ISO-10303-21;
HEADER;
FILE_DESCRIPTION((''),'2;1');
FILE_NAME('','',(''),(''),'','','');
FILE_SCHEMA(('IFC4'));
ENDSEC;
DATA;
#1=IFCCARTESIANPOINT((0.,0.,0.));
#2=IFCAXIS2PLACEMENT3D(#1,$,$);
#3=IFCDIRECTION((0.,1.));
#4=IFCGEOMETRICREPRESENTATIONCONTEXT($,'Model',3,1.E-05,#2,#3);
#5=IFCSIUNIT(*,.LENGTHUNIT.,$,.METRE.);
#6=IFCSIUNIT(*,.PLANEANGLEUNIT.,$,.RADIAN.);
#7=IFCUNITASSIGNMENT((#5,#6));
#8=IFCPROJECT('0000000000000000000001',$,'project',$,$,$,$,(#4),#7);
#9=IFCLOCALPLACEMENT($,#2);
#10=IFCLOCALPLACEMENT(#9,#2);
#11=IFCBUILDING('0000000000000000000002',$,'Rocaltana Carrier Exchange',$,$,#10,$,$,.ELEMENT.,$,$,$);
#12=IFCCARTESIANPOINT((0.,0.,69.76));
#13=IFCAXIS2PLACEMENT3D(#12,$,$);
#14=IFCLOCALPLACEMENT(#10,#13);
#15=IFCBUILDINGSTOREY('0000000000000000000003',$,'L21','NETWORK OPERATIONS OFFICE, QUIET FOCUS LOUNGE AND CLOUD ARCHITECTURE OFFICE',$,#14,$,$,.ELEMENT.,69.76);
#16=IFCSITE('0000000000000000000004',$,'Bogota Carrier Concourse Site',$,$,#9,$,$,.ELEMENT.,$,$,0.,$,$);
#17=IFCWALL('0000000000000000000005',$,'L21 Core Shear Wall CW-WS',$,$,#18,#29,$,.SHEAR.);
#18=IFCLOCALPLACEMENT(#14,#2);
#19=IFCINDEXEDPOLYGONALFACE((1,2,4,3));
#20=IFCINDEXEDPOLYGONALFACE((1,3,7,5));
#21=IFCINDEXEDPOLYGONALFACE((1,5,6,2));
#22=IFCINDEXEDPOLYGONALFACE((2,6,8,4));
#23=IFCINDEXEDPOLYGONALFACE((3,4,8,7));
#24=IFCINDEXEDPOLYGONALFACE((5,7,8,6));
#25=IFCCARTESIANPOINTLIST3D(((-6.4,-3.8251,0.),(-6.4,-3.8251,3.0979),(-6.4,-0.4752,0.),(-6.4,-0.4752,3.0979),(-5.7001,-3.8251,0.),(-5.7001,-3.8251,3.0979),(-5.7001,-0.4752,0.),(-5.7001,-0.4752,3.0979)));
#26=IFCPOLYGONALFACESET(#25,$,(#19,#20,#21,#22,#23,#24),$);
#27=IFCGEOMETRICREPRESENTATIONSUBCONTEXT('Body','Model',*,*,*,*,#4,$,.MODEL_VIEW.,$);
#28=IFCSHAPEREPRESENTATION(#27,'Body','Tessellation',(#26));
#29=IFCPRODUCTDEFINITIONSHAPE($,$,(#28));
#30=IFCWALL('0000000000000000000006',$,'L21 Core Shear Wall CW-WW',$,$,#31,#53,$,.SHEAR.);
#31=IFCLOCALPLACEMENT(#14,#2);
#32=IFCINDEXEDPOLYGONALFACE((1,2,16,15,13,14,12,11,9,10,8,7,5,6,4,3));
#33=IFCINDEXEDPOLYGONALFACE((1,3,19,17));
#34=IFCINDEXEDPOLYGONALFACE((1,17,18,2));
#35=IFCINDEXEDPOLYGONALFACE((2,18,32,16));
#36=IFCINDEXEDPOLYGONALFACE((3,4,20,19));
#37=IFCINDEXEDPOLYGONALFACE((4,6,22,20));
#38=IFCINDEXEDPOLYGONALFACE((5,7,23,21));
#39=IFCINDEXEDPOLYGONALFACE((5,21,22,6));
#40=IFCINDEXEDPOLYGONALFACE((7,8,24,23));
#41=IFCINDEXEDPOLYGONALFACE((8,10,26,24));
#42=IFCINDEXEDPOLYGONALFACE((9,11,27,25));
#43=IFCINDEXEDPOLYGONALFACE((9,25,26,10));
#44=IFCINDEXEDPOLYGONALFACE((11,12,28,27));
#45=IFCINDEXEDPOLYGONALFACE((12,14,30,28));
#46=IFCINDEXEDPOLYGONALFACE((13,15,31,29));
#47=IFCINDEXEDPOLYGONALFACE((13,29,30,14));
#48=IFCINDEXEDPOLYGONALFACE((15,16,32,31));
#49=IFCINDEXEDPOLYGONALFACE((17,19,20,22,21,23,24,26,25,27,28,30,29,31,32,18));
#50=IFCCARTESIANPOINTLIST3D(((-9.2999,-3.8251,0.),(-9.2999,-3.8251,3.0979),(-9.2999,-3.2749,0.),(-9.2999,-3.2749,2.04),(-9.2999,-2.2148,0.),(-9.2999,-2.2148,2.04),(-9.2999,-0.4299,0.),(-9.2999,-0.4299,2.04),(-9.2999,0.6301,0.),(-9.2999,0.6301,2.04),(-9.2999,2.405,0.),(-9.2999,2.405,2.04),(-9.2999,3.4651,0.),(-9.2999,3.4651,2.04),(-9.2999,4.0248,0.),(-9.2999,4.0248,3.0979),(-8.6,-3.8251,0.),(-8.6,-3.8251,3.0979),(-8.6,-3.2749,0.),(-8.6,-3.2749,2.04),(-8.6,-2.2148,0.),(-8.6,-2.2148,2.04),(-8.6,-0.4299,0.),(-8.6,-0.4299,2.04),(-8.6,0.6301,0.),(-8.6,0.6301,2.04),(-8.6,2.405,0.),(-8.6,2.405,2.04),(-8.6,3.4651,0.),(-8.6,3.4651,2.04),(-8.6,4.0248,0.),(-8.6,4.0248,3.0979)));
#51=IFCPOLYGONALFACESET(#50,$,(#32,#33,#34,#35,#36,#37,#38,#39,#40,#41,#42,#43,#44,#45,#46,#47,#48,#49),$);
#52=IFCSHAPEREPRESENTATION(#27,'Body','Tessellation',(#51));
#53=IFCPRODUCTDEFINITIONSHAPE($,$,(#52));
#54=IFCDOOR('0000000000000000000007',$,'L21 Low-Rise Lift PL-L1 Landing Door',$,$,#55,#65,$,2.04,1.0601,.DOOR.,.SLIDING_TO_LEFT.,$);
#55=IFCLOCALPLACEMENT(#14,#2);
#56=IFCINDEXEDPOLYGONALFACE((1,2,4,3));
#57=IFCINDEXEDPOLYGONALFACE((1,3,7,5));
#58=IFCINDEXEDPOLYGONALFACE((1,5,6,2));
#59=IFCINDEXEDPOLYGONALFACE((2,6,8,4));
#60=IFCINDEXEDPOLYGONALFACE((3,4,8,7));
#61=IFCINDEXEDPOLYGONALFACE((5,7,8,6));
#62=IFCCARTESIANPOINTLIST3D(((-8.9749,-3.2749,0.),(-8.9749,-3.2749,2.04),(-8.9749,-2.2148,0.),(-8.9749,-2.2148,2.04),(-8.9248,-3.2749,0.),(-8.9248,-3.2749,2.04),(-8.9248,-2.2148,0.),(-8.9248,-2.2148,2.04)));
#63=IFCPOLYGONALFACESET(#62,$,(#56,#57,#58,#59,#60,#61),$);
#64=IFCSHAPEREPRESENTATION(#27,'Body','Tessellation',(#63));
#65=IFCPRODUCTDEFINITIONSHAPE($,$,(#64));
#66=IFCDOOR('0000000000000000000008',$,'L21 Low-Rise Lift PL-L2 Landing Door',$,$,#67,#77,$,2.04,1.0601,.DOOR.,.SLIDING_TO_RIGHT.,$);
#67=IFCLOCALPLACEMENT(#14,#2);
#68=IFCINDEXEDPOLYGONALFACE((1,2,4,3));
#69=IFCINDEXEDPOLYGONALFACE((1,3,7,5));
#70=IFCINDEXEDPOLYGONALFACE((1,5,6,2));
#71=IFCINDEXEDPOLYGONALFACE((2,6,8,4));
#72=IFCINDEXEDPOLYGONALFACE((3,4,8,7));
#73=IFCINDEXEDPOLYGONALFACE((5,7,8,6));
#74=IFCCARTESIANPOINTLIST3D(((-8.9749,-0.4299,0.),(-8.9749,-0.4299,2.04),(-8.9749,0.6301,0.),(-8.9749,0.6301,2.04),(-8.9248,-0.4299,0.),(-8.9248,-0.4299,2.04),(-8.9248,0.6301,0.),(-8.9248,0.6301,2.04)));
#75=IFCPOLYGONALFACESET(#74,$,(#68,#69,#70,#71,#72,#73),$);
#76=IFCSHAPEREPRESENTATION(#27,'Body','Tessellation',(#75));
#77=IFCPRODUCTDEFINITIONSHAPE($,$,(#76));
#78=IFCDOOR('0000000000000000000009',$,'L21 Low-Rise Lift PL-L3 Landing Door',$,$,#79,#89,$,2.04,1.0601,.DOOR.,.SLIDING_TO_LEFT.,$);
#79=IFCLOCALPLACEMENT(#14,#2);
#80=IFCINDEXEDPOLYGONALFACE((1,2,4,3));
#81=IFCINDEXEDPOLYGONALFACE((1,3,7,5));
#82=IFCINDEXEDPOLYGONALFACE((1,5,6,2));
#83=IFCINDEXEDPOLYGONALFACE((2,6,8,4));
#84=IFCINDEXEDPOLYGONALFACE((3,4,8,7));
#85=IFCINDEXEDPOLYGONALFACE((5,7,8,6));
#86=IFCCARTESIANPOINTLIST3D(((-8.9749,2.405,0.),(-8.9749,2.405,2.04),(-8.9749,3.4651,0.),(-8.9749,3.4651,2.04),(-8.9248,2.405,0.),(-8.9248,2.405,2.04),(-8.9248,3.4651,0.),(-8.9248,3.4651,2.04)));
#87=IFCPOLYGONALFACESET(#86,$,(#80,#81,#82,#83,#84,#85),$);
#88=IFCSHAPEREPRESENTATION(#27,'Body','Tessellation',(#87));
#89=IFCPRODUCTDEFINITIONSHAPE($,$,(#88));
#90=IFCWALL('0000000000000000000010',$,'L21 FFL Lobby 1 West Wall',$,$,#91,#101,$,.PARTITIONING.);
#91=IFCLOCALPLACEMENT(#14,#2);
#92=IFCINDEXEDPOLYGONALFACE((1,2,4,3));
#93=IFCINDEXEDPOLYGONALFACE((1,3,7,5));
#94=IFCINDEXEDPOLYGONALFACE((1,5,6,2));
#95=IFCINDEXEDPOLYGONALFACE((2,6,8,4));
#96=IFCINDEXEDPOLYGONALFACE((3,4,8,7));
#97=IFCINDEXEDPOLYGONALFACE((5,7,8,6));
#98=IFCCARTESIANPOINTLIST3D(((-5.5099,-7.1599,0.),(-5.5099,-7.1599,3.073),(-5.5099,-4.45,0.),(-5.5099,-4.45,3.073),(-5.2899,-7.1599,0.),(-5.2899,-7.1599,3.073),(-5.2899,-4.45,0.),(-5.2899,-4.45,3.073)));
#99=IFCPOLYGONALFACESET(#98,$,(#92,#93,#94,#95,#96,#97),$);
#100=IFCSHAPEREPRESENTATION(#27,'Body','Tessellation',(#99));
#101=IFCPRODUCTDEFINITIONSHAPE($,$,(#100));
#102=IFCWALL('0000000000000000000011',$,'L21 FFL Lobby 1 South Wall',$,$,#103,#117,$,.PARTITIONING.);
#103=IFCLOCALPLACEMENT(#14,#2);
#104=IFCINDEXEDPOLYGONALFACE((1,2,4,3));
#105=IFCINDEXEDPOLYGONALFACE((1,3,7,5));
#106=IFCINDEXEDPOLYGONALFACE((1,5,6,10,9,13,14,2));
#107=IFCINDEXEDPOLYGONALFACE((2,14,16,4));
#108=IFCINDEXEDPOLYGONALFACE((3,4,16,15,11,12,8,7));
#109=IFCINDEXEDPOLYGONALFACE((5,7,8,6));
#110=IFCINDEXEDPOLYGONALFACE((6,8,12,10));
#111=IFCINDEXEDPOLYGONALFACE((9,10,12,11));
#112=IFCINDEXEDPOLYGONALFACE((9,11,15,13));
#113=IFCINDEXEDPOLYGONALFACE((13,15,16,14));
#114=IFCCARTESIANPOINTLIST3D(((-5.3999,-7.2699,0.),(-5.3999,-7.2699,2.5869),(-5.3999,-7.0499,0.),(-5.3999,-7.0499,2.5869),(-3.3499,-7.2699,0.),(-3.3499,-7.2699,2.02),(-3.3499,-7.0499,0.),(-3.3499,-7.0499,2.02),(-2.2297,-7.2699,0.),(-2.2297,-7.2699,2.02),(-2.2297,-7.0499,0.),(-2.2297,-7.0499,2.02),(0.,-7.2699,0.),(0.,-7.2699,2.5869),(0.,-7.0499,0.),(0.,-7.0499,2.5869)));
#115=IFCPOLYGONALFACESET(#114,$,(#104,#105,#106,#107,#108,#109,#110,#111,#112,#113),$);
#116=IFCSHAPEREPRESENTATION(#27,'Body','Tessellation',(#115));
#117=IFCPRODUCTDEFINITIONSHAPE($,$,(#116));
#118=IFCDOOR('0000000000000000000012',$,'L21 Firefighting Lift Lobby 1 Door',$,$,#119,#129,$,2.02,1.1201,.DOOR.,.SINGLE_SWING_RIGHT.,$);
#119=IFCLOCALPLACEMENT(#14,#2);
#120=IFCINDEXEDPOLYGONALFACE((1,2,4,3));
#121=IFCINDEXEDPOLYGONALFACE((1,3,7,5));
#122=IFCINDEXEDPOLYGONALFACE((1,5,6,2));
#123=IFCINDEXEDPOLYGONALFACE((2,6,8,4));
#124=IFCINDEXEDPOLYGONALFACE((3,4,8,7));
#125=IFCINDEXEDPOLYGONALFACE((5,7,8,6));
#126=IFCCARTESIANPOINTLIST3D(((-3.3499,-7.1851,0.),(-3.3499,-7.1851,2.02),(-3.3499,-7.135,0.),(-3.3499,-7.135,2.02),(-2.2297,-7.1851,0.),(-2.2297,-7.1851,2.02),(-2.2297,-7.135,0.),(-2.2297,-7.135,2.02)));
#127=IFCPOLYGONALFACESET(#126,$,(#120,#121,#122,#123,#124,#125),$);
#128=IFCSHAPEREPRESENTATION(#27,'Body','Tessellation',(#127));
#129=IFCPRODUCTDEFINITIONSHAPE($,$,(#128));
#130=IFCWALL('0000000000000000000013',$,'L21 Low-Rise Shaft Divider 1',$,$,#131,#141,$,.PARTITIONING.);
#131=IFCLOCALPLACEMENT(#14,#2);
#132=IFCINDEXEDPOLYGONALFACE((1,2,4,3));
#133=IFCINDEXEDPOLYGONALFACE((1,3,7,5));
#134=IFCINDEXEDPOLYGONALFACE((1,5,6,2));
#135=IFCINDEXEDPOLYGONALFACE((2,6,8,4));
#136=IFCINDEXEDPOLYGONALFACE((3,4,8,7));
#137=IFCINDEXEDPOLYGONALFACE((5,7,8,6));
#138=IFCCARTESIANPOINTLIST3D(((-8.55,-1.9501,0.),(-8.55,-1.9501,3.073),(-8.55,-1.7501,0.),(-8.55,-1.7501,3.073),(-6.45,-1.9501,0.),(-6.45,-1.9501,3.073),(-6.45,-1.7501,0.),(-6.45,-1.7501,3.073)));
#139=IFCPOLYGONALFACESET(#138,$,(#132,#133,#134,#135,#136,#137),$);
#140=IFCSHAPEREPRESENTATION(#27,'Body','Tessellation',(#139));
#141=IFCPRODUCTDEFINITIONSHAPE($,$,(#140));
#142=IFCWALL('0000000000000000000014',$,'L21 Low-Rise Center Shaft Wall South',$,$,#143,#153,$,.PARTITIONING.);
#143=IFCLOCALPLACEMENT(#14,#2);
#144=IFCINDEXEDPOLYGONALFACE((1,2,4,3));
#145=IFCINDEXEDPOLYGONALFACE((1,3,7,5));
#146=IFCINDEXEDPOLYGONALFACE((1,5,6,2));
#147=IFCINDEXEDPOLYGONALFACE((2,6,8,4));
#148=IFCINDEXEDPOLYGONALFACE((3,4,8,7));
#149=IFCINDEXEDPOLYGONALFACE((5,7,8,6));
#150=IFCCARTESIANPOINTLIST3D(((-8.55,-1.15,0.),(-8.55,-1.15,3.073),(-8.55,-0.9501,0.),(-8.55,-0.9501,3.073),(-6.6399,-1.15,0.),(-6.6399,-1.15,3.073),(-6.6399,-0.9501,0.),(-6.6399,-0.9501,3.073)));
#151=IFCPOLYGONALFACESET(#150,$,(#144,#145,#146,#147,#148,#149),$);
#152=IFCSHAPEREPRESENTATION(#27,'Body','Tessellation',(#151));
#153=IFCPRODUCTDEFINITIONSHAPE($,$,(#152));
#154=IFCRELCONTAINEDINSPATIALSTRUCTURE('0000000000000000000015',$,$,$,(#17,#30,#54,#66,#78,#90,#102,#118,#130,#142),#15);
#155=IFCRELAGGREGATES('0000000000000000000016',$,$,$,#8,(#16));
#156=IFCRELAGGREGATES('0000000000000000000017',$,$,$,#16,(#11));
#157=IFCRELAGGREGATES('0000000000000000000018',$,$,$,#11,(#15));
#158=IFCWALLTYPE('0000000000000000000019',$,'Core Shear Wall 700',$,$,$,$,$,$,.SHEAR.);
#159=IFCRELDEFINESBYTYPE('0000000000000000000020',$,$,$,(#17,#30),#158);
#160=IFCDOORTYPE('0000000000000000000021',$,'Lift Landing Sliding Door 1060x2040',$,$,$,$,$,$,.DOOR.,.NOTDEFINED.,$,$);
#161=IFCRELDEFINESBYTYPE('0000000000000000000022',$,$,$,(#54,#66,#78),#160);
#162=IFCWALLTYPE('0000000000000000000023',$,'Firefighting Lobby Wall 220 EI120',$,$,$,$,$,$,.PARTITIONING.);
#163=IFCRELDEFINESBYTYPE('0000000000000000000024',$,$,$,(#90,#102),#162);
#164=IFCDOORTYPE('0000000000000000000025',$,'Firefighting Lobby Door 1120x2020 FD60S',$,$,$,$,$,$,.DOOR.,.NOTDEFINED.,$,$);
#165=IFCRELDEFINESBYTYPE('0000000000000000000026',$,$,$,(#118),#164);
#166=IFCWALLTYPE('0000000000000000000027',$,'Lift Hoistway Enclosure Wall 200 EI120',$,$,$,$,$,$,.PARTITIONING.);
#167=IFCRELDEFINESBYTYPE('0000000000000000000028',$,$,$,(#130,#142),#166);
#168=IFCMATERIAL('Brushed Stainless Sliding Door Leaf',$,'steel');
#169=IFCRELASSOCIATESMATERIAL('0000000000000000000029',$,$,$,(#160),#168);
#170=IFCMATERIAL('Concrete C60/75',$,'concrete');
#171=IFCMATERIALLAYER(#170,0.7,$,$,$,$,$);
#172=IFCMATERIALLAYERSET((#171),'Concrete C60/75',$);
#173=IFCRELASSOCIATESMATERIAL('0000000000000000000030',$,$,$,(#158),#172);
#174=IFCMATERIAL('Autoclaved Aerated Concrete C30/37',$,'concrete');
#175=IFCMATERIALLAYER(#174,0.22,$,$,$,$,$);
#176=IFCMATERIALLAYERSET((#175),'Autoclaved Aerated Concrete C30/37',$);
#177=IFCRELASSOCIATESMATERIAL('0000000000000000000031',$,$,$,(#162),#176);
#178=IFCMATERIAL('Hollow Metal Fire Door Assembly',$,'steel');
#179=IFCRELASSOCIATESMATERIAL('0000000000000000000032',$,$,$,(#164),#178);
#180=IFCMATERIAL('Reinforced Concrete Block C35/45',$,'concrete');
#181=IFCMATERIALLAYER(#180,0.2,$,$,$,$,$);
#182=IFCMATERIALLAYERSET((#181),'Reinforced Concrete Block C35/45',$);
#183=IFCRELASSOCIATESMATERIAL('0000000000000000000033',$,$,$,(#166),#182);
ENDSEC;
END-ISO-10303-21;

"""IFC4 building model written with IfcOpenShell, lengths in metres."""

from ifc_helpers import new_model, si_unit, direction, frame, frame_2d, origin, place, context, subcontext, project, spatial, rectangle, extrude, material, layer, layer_set, type_object, element, fill, save


model = new_model("IFC4")

# Units and contexts
model_context = context("Model", 3, precision=1e-05, world=origin(), true_north=direction((0.0, 1.0)))
body_context = subcontext(model_context, "Body", "Model", "MODEL_VIEW")
ifc_project = project(units=[si_unit("LENGTHUNIT", "METRE"), si_unit("PLANEANGLEUNIT", "RADIAN")], contexts=[model_context])

# Site, building, storey
site_placement = place(None, origin())
site = spatial("IfcSite", under=ifc_project, at=site_placement, Name="Bogota Carrier Concourse Site", CompositionType="ELEMENT", RefElevation=0.0)
building_placement = place(site_placement, origin())
building = spatial("IfcBuilding", under=site, at=building_placement, Name="Rocaltana Carrier Exchange", CompositionType="ELEMENT")
storey_placement = place(building_placement, frame((0.0, 0.0, 69.76)))
storey = spatial("IfcBuildingStorey", under=building, at=storey_placement, Name="L21", Description="NETWORK OPERATIONS OFFICE, QUIET FOCUS LOUNGE AND CLOUD ARCHITECTURE OFFICE", CompositionType="ELEMENT", Elevation=69.76)

# Shared definitions
ifc_material_1 = material(Name="Brushed Stainless Sliding Door Leaf", Category="steel")
door_type_1 = type_object("IfcDoorType", Name="Lift Landing Sliding Door 1060x2040", OperationType="NOTDEFINED", PredefinedType="DOOR", material=ifc_material_1)

# Wall
ifc_material_2 = material(Name="Concrete C60/75", Category="concrete")
ifc_layer_1 = layer(ifc_material_2, 0.7)
ifc_layer_set_1 = layer_set([ifc_layer_1], Name="Concrete C60/75")
wall_type_1 = type_object("IfcWallType", Name="Core Shear Wall 700", PredefinedType="SHEAR", material=ifc_layer_set_1)
wall_1_placement = place(storey_placement, frame((-6.05, -3.825, 0.0), z_axis=(0.0, 0.0, 1.0), x_axis=(0.0, 1.0, 0.0)))
element("IfcWall", 1, at=wall_1_placement, inside=storey, type_object=wall_type_1, Name="L21 Core Shear Wall CW-WS", PredefinedType="SHEAR", context=body_context, shape_type="SweptSolid", body=[
    extrude(rectangle(XDim=3.3499, YDim=0.7, at=frame_2d((1.6748, 0.0))), origin(), (0.0, 0.0, 1.0), 3.0979),
])

# Wall, openings, doors
wall_2_placement = place(storey_placement, frame((-8.95, -3.825, 0.0), z_axis=(0.0, 0.0, 1.0), x_axis=(0.0, 1.0, 0.0)))
wall_2 = element("IfcWall", 2, at=wall_2_placement, inside=storey, type_object=wall_type_1, Name="L21 Core Shear Wall CW-WW", PredefinedType="SHEAR", context=body_context, shape_type="SweptSolid", body=[
    extrude(rectangle(XDim=7.8499, YDim=0.7, at=frame_2d((3.9248, 0.0))), origin(), (0.0, 0.0, 1.0), 3.0979),
])
opening_1_placement = place(wall_2_placement, frame((0.55, 0.0, 0.0)))
opening_1 = element("IfcOpeningElement", 3, at=opening_1_placement, cuts=wall_2, PredefinedType="OPENING", context=body_context, shape_type="SweptSolid", body=[
    extrude(rectangle(XDim=1.0601, YDim=2.04, at=frame_2d((0.53, 1.02))), frame((0.0, 0.3599, 0.0), z_axis=(0.0, -1.0, 0.0), x_axis=(1.0, 0.0, 0.0)), (0.0, 0.0, 1.0), 0.72),
])
opening_2_placement = place(wall_2_placement, frame((3.395, 0.0, 0.0)))
opening_2 = element("IfcOpeningElement", 4, at=opening_2_placement, cuts=wall_2, PredefinedType="OPENING", context=body_context, shape_type="SweptSolid", body=[
    extrude(rectangle(XDim=1.0601, YDim=2.04, at=frame_2d((0.53, 1.02))), frame((0.0, 0.3599, 0.0), z_axis=(0.0, -1.0, 0.0), x_axis=(1.0, 0.0, 0.0)), (0.0, 0.0, 1.0), 0.72),
])
opening_3_placement = place(wall_2_placement, frame((6.23, 0.0, 0.0)))
opening_3 = element("IfcOpeningElement", 5, at=opening_3_placement, cuts=wall_2, PredefinedType="OPENING", context=body_context, shape_type="SweptSolid", body=[
    extrude(rectangle(XDim=1.0601, YDim=2.04, at=frame_2d((0.53, 1.02))), frame((0.0, 0.3599, 0.0), z_axis=(0.0, -1.0, 0.0), x_axis=(1.0, 0.0, 0.0)), (0.0, 0.0, 1.0), 0.72),
])
door_1_placement = place(opening_1_placement, origin())
door_1 = element("IfcDoor", 6, at=door_1_placement, inside=storey, type_object=door_type_1, Name="L21 Low-Rise Lift PL-L1 Landing Door", OperationType="SLIDING_TO_LEFT", OverallHeight=2.04, OverallWidth=1.0601, PredefinedType="DOOR", context=body_context, shape_type="SweptSolid", body=[
    extrude(rectangle(XDim=1.0601, YDim=2.04, at=frame_2d((0.53, 1.02))), frame((0.0, 0.0249, 0.0), z_axis=(0.0, -1.0, 0.0), x_axis=(1.0, 0.0, 0.0)), (0.0, 0.0, 1.0), 0.05),
])
fill(opening_1, door_1)
door_2_placement = place(opening_2_placement, origin())
door_2 = element("IfcDoor", 7, at=door_2_placement, inside=storey, type_object=door_type_1, Name="L21 Low-Rise Lift PL-L2 Landing Door", OperationType="SLIDING_TO_RIGHT", OverallHeight=2.04, OverallWidth=1.0601, PredefinedType="DOOR", context=body_context, shape_type="SweptSolid", body=[
    extrude(rectangle(XDim=1.0601, YDim=2.04, at=frame_2d((0.53, 1.02))), frame((0.0, 0.0249, 0.0), z_axis=(0.0, -1.0, 0.0), x_axis=(1.0, 0.0, 0.0)), (0.0, 0.0, 1.0), 0.05),
])
fill(opening_2, door_2)
door_3_placement = place(opening_3_placement, origin())
door_3 = element("IfcDoor", 8, at=door_3_placement, inside=storey, type_object=door_type_1, Name="L21 Low-Rise Lift PL-L3 Landing Door", OperationType="SLIDING_TO_LEFT", OverallHeight=2.04, OverallWidth=1.0601, PredefinedType="DOOR", context=body_context, shape_type="SweptSolid", body=[
    extrude(rectangle(XDim=1.0601, YDim=2.04, at=frame_2d((0.53, 1.02))), frame((0.0, 0.0249, 0.0), z_axis=(0.0, -1.0, 0.0), x_axis=(1.0, 0.0, 0.0)), (0.0, 0.0, 1.0), 0.05),
])
fill(opening_3, door_3)

# Wall
ifc_material_3 = material(Name="Autoclaved Aerated Concrete C30/37", Category="concrete")
ifc_layer_2 = layer(ifc_material_3, 0.22)
ifc_layer_set_2 = layer_set([ifc_layer_2], Name="Autoclaved Aerated Concrete C30/37")
wall_type_2 = type_object("IfcWallType", Name="Firefighting Lobby Wall 220 EI120", PredefinedType="PARTITIONING", material=ifc_layer_set_2)
wall_3_placement = place(storey_placement, frame((-5.3999, -7.1599, 0.0), z_axis=(0.0, 0.0, 1.0), x_axis=(0.0, 1.0, 0.0)))
element("IfcWall", 9, at=wall_3_placement, inside=storey, type_object=wall_type_2, Name="L21 FFL Lobby 1 West Wall", PredefinedType="PARTITIONING", context=body_context, shape_type="SweptSolid", body=[
    extrude(rectangle(XDim=2.71, YDim=0.22, at=frame_2d((1.355, 0.0))), origin(), (0.0, 0.0, 1.0), 3.073),
])

# Wall, opening, door
wall_4_placement = place(storey_placement, frame((-5.3999, -7.1599, 0.0), z_axis=(0.0, 0.0, 1.0), x_axis=(1.0, 0.0, 0.0)))
wall_4 = element("IfcWall", 10, at=wall_4_placement, inside=storey, type_object=wall_type_2, Name="L21 FFL Lobby 1 South Wall", PredefinedType="PARTITIONING", context=body_context, shape_type="SweptSolid", body=[
    extrude(rectangle(XDim=5.3999, YDim=0.22, at=frame_2d((2.7, 0.0))), origin(), (0.0, 0.0, 1.0), 2.5869),
])
opening_4_placement = place(wall_4_placement, frame((2.05, 0.0, 0.0)))
opening_4 = element("IfcOpeningElement", 11, at=opening_4_placement, cuts=wall_4, PredefinedType="OPENING", context=body_context, shape_type="SweptSolid", body=[
    extrude(rectangle(XDim=1.1201, YDim=2.02, at=frame_2d((0.5601, 1.01))), frame((0.0, 0.1199, 0.0), z_axis=(0.0, -1.0, 0.0), x_axis=(1.0, 0.0, 0.0)), (0.0, 0.0, 1.0), 0.24),
])
ifc_material_4 = material(Name="Hollow Metal Fire Door Assembly", Category="steel")
door_type_2 = type_object("IfcDoorType", Name="Firefighting Lobby Door 1120x2020 FD60S", OperationType="NOTDEFINED", PredefinedType="DOOR", material=ifc_material_4)
door_4_placement = place(opening_4_placement, origin())
door_4 = element("IfcDoor", 12, at=door_4_placement, inside=storey, type_object=door_type_2, Name="L21 Firefighting Lift Lobby 1 Door", OperationType="SINGLE_SWING_RIGHT", OverallHeight=2.02, OverallWidth=1.1201, PredefinedType="DOOR", context=body_context, shape_type="SweptSolid", body=[
    extrude(rectangle(XDim=1.1201, YDim=2.02, at=frame_2d((0.5601, 1.01))), frame((0.0, 0.0249, 0.0), z_axis=(0.0, -1.0, 0.0), x_axis=(1.0, 0.0, 0.0)), (0.0, 0.0, 1.0), 0.05),
])
fill(opening_4, door_4)

# Walls
ifc_material_5 = material(Name="Reinforced Concrete Block C35/45", Category="concrete")
ifc_layer_3 = layer(ifc_material_5, 0.2)
ifc_layer_set_3 = layer_set([ifc_layer_3], Name="Reinforced Concrete Block C35/45")
wall_type_3 = type_object("IfcWallType", Name="Lift Hoistway Enclosure Wall 200 EI120", PredefinedType="PARTITIONING", material=ifc_layer_set_3)
wall_5_placement = place(storey_placement, frame((-8.55, -1.8501, 0.0), z_axis=(0.0, 0.0, 1.0), x_axis=(1.0, 0.0, 0.0)))
element("IfcWall", 13, at=wall_5_placement, inside=storey, type_object=wall_type_3, Name="L21 Low-Rise Shaft Divider 1", PredefinedType="PARTITIONING", context=body_context, shape_type="SweptSolid", body=[
    extrude(rectangle(XDim=2.1001, YDim=0.2, at=frame_2d((1.05, 0.0))), origin(), (0.0, 0.0, 1.0), 3.073),
])
wall_6_placement = place(storey_placement, frame((-8.55, -1.05, 0.0), z_axis=(0.0, 0.0, 1.0), x_axis=(1.0, 0.0, 0.0)))
element("IfcWall", 14, at=wall_6_placement, inside=storey, type_object=wall_type_3, Name="L21 Low-Rise Center Shaft Wall South", PredefinedType="PARTITIONING", context=body_context, shape_type="SweptSolid", body=[
    extrude(rectangle(XDim=1.9102, YDim=0.2, at=frame_2d((0.9551, 0.0))), origin(), (0.0, 0.0, 1.0), 3.073),
])

save(model, "model.ifc")
